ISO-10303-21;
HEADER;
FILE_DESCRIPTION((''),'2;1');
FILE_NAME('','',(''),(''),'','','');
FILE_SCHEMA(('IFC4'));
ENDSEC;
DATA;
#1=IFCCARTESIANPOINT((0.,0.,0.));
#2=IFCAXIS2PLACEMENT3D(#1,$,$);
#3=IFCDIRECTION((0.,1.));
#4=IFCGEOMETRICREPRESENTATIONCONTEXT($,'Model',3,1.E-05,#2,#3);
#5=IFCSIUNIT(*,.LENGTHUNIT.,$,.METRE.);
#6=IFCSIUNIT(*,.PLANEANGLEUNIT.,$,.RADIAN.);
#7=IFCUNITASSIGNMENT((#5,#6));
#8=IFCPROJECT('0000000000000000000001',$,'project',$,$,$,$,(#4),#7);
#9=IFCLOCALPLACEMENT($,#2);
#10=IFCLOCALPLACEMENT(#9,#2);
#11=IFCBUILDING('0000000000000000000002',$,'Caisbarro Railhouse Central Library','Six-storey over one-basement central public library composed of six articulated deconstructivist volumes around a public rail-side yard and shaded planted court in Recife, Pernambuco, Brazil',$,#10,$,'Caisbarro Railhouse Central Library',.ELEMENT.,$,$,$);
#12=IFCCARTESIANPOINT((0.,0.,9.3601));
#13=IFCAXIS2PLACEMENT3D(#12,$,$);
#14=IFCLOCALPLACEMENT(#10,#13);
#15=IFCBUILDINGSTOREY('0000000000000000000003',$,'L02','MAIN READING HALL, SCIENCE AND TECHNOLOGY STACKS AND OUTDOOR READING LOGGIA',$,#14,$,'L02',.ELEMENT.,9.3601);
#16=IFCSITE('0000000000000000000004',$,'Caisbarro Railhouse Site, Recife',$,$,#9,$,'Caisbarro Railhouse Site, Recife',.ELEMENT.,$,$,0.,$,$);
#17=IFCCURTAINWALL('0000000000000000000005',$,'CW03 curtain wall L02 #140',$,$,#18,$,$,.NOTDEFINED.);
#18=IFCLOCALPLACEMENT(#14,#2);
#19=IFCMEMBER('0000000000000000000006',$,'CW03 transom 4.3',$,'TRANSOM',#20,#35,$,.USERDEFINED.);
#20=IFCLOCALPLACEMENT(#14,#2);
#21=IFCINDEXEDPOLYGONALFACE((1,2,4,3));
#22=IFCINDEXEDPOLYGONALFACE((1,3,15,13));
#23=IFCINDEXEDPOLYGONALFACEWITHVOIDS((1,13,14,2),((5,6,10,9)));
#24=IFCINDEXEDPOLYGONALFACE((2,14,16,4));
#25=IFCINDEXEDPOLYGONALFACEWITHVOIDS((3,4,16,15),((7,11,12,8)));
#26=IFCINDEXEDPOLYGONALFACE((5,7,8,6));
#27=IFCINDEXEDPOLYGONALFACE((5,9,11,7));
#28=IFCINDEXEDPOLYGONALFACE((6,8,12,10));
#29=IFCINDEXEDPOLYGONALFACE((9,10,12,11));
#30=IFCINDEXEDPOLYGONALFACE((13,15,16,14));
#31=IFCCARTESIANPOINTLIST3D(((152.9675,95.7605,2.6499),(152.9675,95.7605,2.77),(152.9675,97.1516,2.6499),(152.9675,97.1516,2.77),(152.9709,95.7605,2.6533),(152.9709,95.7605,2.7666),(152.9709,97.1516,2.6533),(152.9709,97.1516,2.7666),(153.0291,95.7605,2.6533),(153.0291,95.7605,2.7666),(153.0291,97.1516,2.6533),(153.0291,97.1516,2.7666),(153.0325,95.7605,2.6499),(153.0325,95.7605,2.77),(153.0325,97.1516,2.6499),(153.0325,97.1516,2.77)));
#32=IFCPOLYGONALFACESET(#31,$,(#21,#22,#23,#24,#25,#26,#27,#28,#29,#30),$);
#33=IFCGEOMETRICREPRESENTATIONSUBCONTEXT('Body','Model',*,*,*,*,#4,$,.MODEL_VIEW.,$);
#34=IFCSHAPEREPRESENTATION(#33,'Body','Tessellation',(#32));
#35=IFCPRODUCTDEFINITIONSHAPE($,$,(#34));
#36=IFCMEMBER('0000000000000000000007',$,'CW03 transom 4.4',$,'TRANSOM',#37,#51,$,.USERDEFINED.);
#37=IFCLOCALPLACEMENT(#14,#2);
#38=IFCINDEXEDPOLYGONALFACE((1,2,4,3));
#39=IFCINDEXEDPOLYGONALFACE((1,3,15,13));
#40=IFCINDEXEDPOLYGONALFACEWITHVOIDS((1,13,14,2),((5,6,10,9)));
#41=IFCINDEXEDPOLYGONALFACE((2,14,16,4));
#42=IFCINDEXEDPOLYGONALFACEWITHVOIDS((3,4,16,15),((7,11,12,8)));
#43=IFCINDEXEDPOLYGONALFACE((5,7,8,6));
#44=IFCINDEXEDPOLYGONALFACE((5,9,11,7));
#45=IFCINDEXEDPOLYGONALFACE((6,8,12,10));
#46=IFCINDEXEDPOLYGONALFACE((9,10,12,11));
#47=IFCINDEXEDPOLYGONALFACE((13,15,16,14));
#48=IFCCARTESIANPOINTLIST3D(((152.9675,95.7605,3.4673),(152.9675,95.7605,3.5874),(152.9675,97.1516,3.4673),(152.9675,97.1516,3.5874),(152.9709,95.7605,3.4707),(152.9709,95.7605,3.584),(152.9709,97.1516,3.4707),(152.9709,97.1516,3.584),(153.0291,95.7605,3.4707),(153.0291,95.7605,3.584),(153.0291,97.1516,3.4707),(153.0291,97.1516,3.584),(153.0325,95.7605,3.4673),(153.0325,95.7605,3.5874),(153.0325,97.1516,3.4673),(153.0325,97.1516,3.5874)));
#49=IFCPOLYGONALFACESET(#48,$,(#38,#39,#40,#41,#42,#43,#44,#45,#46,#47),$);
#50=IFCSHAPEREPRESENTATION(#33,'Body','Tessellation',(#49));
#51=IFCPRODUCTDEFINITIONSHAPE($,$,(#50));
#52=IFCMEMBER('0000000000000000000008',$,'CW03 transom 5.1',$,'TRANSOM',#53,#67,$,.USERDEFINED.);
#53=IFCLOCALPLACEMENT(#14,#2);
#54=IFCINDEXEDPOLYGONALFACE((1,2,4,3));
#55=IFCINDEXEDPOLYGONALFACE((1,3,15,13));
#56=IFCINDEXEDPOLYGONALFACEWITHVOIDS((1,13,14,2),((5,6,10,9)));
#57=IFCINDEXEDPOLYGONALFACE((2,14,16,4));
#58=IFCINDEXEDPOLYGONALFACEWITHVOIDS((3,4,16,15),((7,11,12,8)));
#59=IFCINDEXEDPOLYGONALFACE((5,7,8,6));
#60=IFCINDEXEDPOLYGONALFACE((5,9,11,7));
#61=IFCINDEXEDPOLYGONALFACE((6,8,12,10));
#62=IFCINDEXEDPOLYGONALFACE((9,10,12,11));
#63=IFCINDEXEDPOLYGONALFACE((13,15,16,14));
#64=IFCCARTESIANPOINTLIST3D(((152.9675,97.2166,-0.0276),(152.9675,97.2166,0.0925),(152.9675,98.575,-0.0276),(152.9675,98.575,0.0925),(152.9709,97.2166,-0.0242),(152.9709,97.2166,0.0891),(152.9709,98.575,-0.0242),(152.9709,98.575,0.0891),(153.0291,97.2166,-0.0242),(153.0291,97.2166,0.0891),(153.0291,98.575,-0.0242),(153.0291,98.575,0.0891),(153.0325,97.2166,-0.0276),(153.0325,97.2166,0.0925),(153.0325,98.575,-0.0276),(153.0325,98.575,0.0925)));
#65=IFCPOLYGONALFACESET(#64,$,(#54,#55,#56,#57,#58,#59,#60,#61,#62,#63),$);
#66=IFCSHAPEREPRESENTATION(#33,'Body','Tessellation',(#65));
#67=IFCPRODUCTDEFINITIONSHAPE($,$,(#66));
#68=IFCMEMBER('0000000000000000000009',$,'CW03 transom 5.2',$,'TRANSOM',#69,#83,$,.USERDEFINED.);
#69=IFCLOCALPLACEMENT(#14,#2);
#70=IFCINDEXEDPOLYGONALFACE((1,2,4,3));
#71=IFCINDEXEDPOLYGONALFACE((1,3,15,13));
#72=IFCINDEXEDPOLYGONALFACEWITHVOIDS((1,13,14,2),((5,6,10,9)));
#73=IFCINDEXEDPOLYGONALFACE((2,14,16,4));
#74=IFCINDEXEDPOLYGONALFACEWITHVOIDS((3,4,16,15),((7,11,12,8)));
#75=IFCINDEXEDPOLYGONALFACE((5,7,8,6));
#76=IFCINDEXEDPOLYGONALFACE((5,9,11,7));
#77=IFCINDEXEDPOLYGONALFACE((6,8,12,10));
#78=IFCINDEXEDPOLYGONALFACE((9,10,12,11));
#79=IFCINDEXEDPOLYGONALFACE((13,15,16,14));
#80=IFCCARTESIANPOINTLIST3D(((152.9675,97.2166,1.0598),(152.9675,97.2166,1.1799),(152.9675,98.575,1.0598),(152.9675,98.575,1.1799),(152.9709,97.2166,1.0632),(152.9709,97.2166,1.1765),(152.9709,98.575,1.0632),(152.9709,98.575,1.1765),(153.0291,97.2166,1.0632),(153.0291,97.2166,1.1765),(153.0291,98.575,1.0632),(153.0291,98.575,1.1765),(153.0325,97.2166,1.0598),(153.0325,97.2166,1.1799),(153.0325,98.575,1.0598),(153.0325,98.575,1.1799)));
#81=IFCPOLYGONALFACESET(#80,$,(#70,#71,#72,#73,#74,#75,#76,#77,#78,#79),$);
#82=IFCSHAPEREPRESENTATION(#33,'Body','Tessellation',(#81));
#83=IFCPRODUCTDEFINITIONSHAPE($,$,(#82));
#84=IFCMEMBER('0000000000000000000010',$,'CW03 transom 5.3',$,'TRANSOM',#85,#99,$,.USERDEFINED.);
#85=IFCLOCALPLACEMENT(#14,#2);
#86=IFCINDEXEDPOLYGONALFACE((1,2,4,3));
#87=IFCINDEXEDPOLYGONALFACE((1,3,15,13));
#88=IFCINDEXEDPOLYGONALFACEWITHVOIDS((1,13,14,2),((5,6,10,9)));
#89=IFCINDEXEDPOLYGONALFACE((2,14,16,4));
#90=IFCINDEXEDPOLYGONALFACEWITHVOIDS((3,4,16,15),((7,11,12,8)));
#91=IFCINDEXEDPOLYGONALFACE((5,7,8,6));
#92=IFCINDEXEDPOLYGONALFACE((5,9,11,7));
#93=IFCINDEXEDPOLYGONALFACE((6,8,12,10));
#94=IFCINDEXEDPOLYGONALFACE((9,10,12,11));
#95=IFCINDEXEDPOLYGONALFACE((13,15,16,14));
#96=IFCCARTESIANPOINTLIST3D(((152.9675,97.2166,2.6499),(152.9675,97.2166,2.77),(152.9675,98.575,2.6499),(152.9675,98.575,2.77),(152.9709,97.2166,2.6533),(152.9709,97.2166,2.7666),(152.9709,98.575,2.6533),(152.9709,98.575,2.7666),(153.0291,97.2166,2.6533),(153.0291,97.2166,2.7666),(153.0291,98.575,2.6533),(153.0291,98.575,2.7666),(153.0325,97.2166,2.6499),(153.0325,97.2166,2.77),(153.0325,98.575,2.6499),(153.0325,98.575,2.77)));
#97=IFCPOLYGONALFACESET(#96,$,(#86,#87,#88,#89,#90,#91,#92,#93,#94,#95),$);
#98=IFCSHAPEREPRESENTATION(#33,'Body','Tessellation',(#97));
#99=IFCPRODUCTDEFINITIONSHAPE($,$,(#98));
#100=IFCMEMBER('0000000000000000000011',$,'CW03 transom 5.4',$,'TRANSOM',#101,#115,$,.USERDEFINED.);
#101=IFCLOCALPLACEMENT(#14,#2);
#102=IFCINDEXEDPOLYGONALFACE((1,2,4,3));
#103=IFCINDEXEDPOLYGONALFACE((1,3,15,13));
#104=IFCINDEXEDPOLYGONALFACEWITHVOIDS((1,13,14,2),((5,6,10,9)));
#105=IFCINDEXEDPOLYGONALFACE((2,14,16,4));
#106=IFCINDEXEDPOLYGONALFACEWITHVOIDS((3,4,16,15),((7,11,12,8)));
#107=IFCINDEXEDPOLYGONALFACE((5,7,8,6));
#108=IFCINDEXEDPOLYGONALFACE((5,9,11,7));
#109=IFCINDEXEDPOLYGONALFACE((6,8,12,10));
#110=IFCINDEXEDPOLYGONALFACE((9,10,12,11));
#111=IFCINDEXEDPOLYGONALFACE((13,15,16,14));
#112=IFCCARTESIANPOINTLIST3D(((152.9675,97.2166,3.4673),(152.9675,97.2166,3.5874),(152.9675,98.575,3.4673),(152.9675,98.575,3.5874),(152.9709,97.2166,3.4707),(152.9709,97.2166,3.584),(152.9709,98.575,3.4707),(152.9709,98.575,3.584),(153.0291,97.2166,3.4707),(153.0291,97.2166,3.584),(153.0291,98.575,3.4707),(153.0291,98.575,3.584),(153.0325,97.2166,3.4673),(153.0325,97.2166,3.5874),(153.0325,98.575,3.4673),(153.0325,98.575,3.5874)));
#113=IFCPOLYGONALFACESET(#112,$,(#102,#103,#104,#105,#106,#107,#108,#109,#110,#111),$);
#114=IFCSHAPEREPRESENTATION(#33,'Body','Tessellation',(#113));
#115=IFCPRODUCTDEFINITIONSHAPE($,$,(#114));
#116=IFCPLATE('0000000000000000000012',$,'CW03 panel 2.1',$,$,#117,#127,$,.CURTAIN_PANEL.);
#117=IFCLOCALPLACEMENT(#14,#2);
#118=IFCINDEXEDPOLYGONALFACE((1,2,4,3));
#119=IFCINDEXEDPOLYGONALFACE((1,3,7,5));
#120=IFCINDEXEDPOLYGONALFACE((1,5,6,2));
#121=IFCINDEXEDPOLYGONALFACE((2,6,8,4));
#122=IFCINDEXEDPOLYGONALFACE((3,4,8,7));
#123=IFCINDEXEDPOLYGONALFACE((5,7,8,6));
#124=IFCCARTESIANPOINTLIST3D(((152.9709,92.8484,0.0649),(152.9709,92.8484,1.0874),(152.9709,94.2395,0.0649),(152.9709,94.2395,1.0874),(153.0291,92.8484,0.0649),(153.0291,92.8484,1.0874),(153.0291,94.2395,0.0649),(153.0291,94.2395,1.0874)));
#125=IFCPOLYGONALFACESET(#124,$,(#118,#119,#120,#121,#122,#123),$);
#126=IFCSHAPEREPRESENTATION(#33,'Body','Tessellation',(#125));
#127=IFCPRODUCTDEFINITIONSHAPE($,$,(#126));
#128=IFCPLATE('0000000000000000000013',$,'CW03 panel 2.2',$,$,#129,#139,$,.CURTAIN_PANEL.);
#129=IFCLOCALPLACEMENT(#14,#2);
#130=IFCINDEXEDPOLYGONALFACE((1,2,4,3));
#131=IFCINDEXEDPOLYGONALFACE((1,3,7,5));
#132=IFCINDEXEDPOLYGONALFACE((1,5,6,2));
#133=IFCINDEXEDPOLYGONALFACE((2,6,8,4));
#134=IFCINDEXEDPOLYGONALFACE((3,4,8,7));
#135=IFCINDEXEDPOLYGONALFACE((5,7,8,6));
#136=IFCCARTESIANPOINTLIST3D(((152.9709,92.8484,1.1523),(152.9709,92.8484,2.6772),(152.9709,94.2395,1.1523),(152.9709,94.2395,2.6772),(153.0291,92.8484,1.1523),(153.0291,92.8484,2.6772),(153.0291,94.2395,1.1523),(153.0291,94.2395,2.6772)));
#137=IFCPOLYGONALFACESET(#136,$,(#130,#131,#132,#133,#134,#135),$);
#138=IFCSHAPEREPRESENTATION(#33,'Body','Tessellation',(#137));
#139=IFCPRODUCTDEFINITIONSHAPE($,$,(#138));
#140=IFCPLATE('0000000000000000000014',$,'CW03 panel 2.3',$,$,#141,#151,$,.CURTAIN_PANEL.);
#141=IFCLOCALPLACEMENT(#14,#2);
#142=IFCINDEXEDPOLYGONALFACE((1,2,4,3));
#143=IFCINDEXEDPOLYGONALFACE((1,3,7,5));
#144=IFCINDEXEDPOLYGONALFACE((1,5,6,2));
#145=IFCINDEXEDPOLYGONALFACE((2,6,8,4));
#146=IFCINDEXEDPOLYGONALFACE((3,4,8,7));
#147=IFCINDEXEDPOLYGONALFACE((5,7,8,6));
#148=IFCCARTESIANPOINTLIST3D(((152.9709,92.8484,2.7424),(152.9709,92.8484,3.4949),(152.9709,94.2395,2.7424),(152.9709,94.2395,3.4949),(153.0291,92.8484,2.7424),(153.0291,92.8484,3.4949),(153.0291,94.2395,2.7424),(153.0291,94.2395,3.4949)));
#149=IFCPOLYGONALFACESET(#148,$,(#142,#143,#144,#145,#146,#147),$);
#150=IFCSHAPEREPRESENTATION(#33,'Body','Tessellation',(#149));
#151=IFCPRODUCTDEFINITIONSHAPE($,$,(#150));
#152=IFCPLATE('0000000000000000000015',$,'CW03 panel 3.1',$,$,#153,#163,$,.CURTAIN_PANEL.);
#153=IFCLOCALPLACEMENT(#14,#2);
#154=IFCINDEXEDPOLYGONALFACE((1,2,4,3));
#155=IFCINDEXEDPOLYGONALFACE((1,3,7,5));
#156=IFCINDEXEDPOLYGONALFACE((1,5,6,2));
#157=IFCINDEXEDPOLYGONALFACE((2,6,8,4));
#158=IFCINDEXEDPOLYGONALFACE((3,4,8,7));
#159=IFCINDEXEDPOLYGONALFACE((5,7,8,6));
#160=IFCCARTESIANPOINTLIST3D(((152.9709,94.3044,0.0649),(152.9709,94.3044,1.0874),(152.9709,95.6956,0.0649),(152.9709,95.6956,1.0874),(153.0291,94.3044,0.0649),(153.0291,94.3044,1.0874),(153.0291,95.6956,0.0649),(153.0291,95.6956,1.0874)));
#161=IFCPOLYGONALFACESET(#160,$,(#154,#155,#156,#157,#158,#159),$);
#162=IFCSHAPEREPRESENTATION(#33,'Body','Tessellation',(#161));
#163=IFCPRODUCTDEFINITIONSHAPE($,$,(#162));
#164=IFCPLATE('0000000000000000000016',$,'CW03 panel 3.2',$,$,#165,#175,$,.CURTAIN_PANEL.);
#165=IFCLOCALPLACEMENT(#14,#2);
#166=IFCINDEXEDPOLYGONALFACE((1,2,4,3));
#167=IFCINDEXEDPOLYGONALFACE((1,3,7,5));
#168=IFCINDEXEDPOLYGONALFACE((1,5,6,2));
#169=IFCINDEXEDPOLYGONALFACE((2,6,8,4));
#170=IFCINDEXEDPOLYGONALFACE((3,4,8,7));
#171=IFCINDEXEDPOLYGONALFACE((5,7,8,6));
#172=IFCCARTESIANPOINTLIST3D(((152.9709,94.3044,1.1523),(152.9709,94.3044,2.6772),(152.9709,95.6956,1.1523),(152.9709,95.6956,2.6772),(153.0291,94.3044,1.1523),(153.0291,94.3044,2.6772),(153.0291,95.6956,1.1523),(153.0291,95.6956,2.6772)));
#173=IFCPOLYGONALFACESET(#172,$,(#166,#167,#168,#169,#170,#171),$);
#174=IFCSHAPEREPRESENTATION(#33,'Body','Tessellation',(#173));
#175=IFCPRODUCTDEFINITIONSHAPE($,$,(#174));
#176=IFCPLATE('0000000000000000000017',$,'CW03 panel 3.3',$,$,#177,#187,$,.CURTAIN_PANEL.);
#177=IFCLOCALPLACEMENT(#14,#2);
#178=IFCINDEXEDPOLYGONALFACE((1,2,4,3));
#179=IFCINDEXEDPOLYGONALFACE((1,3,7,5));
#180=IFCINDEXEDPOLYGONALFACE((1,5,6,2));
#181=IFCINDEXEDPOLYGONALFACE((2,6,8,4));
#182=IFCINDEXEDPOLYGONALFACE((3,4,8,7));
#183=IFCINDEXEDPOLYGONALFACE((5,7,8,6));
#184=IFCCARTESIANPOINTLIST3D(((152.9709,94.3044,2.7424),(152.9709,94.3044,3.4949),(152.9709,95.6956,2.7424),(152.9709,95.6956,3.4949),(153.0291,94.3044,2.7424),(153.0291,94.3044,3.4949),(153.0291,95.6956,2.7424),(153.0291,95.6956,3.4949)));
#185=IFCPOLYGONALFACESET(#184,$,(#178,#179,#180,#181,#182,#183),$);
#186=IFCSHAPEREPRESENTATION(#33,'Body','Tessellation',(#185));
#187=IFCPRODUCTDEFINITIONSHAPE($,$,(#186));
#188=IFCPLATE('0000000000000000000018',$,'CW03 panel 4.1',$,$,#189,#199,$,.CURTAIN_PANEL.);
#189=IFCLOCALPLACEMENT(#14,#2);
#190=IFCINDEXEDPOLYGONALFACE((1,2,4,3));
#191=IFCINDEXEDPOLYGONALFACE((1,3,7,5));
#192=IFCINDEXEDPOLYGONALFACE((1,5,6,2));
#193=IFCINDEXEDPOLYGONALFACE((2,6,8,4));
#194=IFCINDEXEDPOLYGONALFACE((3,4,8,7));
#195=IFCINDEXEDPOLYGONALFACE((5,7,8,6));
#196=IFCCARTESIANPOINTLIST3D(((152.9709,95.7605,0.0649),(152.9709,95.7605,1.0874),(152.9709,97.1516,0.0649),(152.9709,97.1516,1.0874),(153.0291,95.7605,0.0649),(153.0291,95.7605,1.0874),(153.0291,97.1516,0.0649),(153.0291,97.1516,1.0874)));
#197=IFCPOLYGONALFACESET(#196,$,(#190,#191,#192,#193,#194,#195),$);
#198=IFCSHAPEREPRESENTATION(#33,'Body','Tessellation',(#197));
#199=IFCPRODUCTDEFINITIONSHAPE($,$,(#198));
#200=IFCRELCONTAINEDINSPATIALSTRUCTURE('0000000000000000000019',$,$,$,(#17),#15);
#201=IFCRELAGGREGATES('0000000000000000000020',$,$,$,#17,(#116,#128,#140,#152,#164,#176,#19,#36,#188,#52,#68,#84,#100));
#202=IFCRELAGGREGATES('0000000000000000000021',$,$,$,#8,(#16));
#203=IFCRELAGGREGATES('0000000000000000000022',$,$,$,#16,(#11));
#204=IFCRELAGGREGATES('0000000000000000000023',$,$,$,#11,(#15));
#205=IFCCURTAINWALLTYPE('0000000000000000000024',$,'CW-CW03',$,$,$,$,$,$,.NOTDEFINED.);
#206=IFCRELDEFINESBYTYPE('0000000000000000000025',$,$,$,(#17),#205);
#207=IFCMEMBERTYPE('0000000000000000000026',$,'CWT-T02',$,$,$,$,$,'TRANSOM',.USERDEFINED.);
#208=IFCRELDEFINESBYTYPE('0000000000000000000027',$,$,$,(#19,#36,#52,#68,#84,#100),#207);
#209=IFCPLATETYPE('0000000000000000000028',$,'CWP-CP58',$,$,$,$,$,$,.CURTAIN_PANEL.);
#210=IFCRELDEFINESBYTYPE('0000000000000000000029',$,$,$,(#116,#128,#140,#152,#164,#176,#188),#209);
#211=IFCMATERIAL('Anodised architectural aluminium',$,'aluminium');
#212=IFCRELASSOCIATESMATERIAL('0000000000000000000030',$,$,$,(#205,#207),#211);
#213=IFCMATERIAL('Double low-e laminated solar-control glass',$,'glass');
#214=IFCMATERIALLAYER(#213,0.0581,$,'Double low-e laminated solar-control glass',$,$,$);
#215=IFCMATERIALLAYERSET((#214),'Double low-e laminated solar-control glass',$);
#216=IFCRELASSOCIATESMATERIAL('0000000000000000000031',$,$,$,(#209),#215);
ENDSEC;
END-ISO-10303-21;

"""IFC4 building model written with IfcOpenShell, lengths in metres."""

from ifc_helpers import new_model, si_unit, direction, frame, origin, origin_2d, place, context, subcontext, project, spatial, rectangle, hollow_rectangle, extrude, material, layer, layer_set, material_profile, profile_set, type_object, element, aggregate, save


model = new_model("IFC4")

# Units and contexts
model_context = context("Model", 3, precision=1e-05, world=origin(), true_north=direction((0.0, 1.0)))
body_context = subcontext(model_context, "Body", "Model", "MODEL_VIEW")
ifc_project = project(units=[si_unit("LENGTHUNIT", "METRE"), si_unit("PLANEANGLEUNIT", "RADIAN")], contexts=[model_context])

# Site, building, storey
site_placement = place(None, origin())
site = spatial("IfcSite", under=ifc_project, at=site_placement, Name="Caisbarro Railhouse Site, Recife", LongName="Caisbarro Railhouse Site, Recife", CompositionType="ELEMENT", RefElevation=0.0)
building_placement = place(site_placement, origin())
building = spatial("IfcBuilding", under=site, at=building_placement, Name="Caisbarro Railhouse Central Library", Description="Six-storey over one-basement central public library composed of six articulated deconstructivist volumes around a public rail-side yard and shaded planted court in Recife, Pernambuco, Brazil", LongName="Caisbarro Railhouse Central Library", CompositionType="ELEMENT")
storey_placement = place(building_placement, frame((0.0, 0.0, 9.3601)))
storey = spatial("IfcBuildingStorey", under=building, at=storey_placement, Name="L02", Description="MAIN READING HALL, SCIENCE AND TECHNOLOGY STACKS AND OUTDOOR READING LOGGIA", LongName="L02", CompositionType="ELEMENT", Elevation=9.3601)

# Curtain wall, members, plates
ifc_material_1 = material(Name="Anodised architectural aluminium", Category="aluminium")
curtain_wall_type = type_object("IfcCurtainWallType", Name="CW-CW03", PredefinedType="NOTDEFINED", material=ifc_material_1)
curtain_wall_placement = place(storey_placement, origin())
curtain_wall = element("IfcCurtainWall", 1, at=curtain_wall_placement, inside=storey, type_object=curtain_wall_type, Name="CW03 curtain wall L02 #140", PredefinedType="NOTDEFINED")
ifc_material_profile_1 = material_profile(ifc_material_1, hollow_rectangle(XDim=0.0649, YDim=0.1201, WallThickness=0.0034, at=origin_2d()), Name="ALU-TRN-65X120")
ifc_profile_set_1 = profile_set([ifc_material_profile_1], Name="Anodised architectural aluminium")
member_type_1 = type_object("IfcMemberType", Name="CWT-T02", ElementType="TRANSOM", PredefinedType="USERDEFINED", material=ifc_profile_set_1)
member_1_placement = place(storey_placement, frame((153.0, 95.7605, 2.71), z_axis=(0.0, 1.0, 0.0), x_axis=(-1.0, 0.0, 0.0)))
member_1 = element("IfcMember", 2, at=member_1_placement, type_object=member_type_1, Name="CW03 transom 4.3", ObjectType="TRANSOM", PredefinedType="USERDEFINED", context=body_context, shape_type="SweptSolid", body=[
    extrude(hollow_rectangle(XDim=0.0649, YDim=0.1201, WallThickness=0.0034, at=origin_2d()), origin(), (0.0, 0.0, 1.0), 1.3911),
])
member_2_placement = place(storey_placement, frame((153.0, 95.7605, 3.5273), z_axis=(0.0, 1.0, 0.0), x_axis=(-1.0, 0.0, 0.0)))
member_2 = element("IfcMember", 3, at=member_2_placement, type_object=member_type_1, Name="CW03 transom 4.4", ObjectType="TRANSOM", PredefinedType="USERDEFINED", context=body_context, shape_type="SweptSolid", body=[
    extrude(hollow_rectangle(XDim=0.0649, YDim=0.1201, WallThickness=0.0034, at=origin_2d()), origin(), (0.0, 0.0, 1.0), 1.3911),
])
member_3_placement = place(storey_placement, frame((153.0, 97.2166, 0.0325), z_axis=(0.0, 1.0, 0.0), x_axis=(-1.0, 0.0, 0.0)))
member_3 = element("IfcMember", 4, at=member_3_placement, type_object=member_type_1, Name="CW03 transom 5.1", ObjectType="TRANSOM", PredefinedType="USERDEFINED", context=body_context, shape_type="SweptSolid", body=[
    extrude(hollow_rectangle(XDim=0.0649, YDim=0.1201, WallThickness=0.0034, at=origin_2d()), origin(), (0.0, 0.0, 1.0), 1.3584),
])
member_4_placement = place(storey_placement, frame((153.0, 97.2166, 1.1199), z_axis=(0.0, 1.0, 0.0), x_axis=(-1.0, 0.0, 0.0)))
member_4 = element("IfcMember", 5, at=member_4_placement, type_object=member_type_1, Name="CW03 transom 5.2", ObjectType="TRANSOM", PredefinedType="USERDEFINED", context=body_context, shape_type="SweptSolid", body=[
    extrude(hollow_rectangle(XDim=0.0649, YDim=0.1201, WallThickness=0.0034, at=origin_2d()), origin(), (0.0, 0.0, 1.0), 1.3584),
])
member_5_placement = place(storey_placement, frame((153.0, 97.2166, 2.71), z_axis=(0.0, 1.0, 0.0), x_axis=(-1.0, 0.0, 0.0)))
member_5 = element("IfcMember", 6, at=member_5_placement, type_object=member_type_1, Name="CW03 transom 5.3", ObjectType="TRANSOM", PredefinedType="USERDEFINED", context=body_context, shape_type="SweptSolid", body=[
    extrude(hollow_rectangle(XDim=0.0649, YDim=0.1201, WallThickness=0.0034, at=origin_2d()), origin(), (0.0, 0.0, 1.0), 1.3584),
])
member_6_placement = place(storey_placement, frame((153.0, 97.2166, 3.5273), z_axis=(0.0, 1.0, 0.0), x_axis=(-1.0, 0.0, 0.0)))
member_6 = element("IfcMember", 7, at=member_6_placement, type_object=member_type_1, Name="CW03 transom 5.4", ObjectType="TRANSOM", PredefinedType="USERDEFINED", context=body_context, shape_type="SweptSolid", body=[
    extrude(hollow_rectangle(XDim=0.0649, YDim=0.1201, WallThickness=0.0034, at=origin_2d()), origin(), (0.0, 0.0, 1.0), 1.3584),
])
ifc_material_2 = material(Name="Double low-e laminated solar-control glass", Category="glass")
ifc_layer_1 = layer(ifc_material_2, 0.0581, Name="Double low-e laminated solar-control glass")
ifc_layer_set_1 = layer_set([ifc_layer_1], Name="Double low-e laminated solar-control glass")
plate_type_1 = type_object("IfcPlateType", Name="CWP-CP58", PredefinedType="CURTAIN_PANEL", material=ifc_layer_set_1)
plate_1_placement = place(storey_placement, frame((153.0, 93.5439, 0.0649), z_axis=(0.0, 0.0, 1.0), x_axis=(0.0, 1.0, 0.0)))
plate_1 = element("IfcPlate", 8, at=plate_1_placement, type_object=plate_type_1, Name="CW03 panel 2.1", PredefinedType="CURTAIN_PANEL", context=body_context, shape_type="SweptSolid", body=[
    extrude(rectangle(XDim=1.3911, YDim=0.0581, at=origin_2d()), origin(), (0.0, 0.0, 1.0), 1.0225),
])
plate_2_placement = place(storey_placement, frame((153.0, 93.5439, 1.1523), z_axis=(0.0, 0.0, 1.0), x_axis=(0.0, 1.0, 0.0)))
plate_2 = element("IfcPlate", 9, at=plate_2_placement, type_object=plate_type_1, Name="CW03 panel 2.2", PredefinedType="CURTAIN_PANEL", context=body_context, shape_type="SweptSolid", body=[
    extrude(rectangle(XDim=1.3911, YDim=0.0581, at=origin_2d()), origin(), (0.0, 0.0, 1.0), 1.5249),
])
plate_3_placement = place(storey_placement, frame((153.0, 93.5439, 2.7424), z_axis=(0.0, 0.0, 1.0), x_axis=(0.0, 1.0, 0.0)))
plate_3 = element("IfcPlate", 10, at=plate_3_placement, type_object=plate_type_1, Name="CW03 panel 2.3", PredefinedType="CURTAIN_PANEL", context=body_context, shape_type="SweptSolid", body=[
    extrude(rectangle(XDim=1.3911, YDim=0.0581, at=origin_2d()), origin(), (0.0, 0.0, 1.0), 0.7524),
])
plate_4_placement = place(storey_placement, frame((153.0, 95.0, 0.0649), z_axis=(0.0, 0.0, 1.0), x_axis=(0.0, 1.0, 0.0)))
plate_4 = element("IfcPlate", 11, at=plate_4_placement, type_object=plate_type_1, Name="CW03 panel 3.1", PredefinedType="CURTAIN_PANEL", context=body_context, shape_type="SweptSolid", body=[
    extrude(rectangle(XDim=1.3911, YDim=0.0581, at=origin_2d()), origin(), (0.0, 0.0, 1.0), 1.0225),
])
plate_5_placement = place(storey_placement, frame((153.0, 95.0, 1.1523), z_axis=(0.0, 0.0, 1.0), x_axis=(0.0, 1.0, 0.0)))
plate_5 = element("IfcPlate", 12, at=plate_5_placement, type_object=plate_type_1, Name="CW03 panel 3.2", PredefinedType="CURTAIN_PANEL", context=body_context, shape_type="SweptSolid", body=[
    extrude(rectangle(XDim=1.3911, YDim=0.0581, at=origin_2d()), origin(), (0.0, 0.0, 1.0), 1.5249),
])
plate_6_placement = place(storey_placement, frame((153.0, 95.0, 2.7424), z_axis=(0.0, 0.0, 1.0), x_axis=(0.0, 1.0, 0.0)))
plate_6 = element("IfcPlate", 13, at=plate_6_placement, type_object=plate_type_1, Name="CW03 panel 3.3", PredefinedType="CURTAIN_PANEL", context=body_context, shape_type="SweptSolid", body=[
    extrude(rectangle(XDim=1.3911, YDim=0.0581, at=origin_2d()), origin(), (0.0, 0.0, 1.0), 0.7524),
])
plate_7_placement = place(storey_placement, frame((153.0, 96.4561, 0.0649), z_axis=(0.0, 0.0, 1.0), x_axis=(0.0, 1.0, 0.0)))
plate_7 = element("IfcPlate", 14, at=plate_7_placement, type_object=plate_type_1, Name="CW03 panel 4.1", PredefinedType="CURTAIN_PANEL", context=body_context, shape_type="SweptSolid", body=[
    extrude(rectangle(XDim=1.3911, YDim=0.0581, at=origin_2d()), origin(), (0.0, 0.0, 1.0), 1.0225),
])
aggregate(curtain_wall, [plate_1, plate_2, plate_3, plate_4, plate_5, plate_6, member_1, member_2, plate_7, member_3, member_4, member_5, member_6])

save(model, "model.ifc")
